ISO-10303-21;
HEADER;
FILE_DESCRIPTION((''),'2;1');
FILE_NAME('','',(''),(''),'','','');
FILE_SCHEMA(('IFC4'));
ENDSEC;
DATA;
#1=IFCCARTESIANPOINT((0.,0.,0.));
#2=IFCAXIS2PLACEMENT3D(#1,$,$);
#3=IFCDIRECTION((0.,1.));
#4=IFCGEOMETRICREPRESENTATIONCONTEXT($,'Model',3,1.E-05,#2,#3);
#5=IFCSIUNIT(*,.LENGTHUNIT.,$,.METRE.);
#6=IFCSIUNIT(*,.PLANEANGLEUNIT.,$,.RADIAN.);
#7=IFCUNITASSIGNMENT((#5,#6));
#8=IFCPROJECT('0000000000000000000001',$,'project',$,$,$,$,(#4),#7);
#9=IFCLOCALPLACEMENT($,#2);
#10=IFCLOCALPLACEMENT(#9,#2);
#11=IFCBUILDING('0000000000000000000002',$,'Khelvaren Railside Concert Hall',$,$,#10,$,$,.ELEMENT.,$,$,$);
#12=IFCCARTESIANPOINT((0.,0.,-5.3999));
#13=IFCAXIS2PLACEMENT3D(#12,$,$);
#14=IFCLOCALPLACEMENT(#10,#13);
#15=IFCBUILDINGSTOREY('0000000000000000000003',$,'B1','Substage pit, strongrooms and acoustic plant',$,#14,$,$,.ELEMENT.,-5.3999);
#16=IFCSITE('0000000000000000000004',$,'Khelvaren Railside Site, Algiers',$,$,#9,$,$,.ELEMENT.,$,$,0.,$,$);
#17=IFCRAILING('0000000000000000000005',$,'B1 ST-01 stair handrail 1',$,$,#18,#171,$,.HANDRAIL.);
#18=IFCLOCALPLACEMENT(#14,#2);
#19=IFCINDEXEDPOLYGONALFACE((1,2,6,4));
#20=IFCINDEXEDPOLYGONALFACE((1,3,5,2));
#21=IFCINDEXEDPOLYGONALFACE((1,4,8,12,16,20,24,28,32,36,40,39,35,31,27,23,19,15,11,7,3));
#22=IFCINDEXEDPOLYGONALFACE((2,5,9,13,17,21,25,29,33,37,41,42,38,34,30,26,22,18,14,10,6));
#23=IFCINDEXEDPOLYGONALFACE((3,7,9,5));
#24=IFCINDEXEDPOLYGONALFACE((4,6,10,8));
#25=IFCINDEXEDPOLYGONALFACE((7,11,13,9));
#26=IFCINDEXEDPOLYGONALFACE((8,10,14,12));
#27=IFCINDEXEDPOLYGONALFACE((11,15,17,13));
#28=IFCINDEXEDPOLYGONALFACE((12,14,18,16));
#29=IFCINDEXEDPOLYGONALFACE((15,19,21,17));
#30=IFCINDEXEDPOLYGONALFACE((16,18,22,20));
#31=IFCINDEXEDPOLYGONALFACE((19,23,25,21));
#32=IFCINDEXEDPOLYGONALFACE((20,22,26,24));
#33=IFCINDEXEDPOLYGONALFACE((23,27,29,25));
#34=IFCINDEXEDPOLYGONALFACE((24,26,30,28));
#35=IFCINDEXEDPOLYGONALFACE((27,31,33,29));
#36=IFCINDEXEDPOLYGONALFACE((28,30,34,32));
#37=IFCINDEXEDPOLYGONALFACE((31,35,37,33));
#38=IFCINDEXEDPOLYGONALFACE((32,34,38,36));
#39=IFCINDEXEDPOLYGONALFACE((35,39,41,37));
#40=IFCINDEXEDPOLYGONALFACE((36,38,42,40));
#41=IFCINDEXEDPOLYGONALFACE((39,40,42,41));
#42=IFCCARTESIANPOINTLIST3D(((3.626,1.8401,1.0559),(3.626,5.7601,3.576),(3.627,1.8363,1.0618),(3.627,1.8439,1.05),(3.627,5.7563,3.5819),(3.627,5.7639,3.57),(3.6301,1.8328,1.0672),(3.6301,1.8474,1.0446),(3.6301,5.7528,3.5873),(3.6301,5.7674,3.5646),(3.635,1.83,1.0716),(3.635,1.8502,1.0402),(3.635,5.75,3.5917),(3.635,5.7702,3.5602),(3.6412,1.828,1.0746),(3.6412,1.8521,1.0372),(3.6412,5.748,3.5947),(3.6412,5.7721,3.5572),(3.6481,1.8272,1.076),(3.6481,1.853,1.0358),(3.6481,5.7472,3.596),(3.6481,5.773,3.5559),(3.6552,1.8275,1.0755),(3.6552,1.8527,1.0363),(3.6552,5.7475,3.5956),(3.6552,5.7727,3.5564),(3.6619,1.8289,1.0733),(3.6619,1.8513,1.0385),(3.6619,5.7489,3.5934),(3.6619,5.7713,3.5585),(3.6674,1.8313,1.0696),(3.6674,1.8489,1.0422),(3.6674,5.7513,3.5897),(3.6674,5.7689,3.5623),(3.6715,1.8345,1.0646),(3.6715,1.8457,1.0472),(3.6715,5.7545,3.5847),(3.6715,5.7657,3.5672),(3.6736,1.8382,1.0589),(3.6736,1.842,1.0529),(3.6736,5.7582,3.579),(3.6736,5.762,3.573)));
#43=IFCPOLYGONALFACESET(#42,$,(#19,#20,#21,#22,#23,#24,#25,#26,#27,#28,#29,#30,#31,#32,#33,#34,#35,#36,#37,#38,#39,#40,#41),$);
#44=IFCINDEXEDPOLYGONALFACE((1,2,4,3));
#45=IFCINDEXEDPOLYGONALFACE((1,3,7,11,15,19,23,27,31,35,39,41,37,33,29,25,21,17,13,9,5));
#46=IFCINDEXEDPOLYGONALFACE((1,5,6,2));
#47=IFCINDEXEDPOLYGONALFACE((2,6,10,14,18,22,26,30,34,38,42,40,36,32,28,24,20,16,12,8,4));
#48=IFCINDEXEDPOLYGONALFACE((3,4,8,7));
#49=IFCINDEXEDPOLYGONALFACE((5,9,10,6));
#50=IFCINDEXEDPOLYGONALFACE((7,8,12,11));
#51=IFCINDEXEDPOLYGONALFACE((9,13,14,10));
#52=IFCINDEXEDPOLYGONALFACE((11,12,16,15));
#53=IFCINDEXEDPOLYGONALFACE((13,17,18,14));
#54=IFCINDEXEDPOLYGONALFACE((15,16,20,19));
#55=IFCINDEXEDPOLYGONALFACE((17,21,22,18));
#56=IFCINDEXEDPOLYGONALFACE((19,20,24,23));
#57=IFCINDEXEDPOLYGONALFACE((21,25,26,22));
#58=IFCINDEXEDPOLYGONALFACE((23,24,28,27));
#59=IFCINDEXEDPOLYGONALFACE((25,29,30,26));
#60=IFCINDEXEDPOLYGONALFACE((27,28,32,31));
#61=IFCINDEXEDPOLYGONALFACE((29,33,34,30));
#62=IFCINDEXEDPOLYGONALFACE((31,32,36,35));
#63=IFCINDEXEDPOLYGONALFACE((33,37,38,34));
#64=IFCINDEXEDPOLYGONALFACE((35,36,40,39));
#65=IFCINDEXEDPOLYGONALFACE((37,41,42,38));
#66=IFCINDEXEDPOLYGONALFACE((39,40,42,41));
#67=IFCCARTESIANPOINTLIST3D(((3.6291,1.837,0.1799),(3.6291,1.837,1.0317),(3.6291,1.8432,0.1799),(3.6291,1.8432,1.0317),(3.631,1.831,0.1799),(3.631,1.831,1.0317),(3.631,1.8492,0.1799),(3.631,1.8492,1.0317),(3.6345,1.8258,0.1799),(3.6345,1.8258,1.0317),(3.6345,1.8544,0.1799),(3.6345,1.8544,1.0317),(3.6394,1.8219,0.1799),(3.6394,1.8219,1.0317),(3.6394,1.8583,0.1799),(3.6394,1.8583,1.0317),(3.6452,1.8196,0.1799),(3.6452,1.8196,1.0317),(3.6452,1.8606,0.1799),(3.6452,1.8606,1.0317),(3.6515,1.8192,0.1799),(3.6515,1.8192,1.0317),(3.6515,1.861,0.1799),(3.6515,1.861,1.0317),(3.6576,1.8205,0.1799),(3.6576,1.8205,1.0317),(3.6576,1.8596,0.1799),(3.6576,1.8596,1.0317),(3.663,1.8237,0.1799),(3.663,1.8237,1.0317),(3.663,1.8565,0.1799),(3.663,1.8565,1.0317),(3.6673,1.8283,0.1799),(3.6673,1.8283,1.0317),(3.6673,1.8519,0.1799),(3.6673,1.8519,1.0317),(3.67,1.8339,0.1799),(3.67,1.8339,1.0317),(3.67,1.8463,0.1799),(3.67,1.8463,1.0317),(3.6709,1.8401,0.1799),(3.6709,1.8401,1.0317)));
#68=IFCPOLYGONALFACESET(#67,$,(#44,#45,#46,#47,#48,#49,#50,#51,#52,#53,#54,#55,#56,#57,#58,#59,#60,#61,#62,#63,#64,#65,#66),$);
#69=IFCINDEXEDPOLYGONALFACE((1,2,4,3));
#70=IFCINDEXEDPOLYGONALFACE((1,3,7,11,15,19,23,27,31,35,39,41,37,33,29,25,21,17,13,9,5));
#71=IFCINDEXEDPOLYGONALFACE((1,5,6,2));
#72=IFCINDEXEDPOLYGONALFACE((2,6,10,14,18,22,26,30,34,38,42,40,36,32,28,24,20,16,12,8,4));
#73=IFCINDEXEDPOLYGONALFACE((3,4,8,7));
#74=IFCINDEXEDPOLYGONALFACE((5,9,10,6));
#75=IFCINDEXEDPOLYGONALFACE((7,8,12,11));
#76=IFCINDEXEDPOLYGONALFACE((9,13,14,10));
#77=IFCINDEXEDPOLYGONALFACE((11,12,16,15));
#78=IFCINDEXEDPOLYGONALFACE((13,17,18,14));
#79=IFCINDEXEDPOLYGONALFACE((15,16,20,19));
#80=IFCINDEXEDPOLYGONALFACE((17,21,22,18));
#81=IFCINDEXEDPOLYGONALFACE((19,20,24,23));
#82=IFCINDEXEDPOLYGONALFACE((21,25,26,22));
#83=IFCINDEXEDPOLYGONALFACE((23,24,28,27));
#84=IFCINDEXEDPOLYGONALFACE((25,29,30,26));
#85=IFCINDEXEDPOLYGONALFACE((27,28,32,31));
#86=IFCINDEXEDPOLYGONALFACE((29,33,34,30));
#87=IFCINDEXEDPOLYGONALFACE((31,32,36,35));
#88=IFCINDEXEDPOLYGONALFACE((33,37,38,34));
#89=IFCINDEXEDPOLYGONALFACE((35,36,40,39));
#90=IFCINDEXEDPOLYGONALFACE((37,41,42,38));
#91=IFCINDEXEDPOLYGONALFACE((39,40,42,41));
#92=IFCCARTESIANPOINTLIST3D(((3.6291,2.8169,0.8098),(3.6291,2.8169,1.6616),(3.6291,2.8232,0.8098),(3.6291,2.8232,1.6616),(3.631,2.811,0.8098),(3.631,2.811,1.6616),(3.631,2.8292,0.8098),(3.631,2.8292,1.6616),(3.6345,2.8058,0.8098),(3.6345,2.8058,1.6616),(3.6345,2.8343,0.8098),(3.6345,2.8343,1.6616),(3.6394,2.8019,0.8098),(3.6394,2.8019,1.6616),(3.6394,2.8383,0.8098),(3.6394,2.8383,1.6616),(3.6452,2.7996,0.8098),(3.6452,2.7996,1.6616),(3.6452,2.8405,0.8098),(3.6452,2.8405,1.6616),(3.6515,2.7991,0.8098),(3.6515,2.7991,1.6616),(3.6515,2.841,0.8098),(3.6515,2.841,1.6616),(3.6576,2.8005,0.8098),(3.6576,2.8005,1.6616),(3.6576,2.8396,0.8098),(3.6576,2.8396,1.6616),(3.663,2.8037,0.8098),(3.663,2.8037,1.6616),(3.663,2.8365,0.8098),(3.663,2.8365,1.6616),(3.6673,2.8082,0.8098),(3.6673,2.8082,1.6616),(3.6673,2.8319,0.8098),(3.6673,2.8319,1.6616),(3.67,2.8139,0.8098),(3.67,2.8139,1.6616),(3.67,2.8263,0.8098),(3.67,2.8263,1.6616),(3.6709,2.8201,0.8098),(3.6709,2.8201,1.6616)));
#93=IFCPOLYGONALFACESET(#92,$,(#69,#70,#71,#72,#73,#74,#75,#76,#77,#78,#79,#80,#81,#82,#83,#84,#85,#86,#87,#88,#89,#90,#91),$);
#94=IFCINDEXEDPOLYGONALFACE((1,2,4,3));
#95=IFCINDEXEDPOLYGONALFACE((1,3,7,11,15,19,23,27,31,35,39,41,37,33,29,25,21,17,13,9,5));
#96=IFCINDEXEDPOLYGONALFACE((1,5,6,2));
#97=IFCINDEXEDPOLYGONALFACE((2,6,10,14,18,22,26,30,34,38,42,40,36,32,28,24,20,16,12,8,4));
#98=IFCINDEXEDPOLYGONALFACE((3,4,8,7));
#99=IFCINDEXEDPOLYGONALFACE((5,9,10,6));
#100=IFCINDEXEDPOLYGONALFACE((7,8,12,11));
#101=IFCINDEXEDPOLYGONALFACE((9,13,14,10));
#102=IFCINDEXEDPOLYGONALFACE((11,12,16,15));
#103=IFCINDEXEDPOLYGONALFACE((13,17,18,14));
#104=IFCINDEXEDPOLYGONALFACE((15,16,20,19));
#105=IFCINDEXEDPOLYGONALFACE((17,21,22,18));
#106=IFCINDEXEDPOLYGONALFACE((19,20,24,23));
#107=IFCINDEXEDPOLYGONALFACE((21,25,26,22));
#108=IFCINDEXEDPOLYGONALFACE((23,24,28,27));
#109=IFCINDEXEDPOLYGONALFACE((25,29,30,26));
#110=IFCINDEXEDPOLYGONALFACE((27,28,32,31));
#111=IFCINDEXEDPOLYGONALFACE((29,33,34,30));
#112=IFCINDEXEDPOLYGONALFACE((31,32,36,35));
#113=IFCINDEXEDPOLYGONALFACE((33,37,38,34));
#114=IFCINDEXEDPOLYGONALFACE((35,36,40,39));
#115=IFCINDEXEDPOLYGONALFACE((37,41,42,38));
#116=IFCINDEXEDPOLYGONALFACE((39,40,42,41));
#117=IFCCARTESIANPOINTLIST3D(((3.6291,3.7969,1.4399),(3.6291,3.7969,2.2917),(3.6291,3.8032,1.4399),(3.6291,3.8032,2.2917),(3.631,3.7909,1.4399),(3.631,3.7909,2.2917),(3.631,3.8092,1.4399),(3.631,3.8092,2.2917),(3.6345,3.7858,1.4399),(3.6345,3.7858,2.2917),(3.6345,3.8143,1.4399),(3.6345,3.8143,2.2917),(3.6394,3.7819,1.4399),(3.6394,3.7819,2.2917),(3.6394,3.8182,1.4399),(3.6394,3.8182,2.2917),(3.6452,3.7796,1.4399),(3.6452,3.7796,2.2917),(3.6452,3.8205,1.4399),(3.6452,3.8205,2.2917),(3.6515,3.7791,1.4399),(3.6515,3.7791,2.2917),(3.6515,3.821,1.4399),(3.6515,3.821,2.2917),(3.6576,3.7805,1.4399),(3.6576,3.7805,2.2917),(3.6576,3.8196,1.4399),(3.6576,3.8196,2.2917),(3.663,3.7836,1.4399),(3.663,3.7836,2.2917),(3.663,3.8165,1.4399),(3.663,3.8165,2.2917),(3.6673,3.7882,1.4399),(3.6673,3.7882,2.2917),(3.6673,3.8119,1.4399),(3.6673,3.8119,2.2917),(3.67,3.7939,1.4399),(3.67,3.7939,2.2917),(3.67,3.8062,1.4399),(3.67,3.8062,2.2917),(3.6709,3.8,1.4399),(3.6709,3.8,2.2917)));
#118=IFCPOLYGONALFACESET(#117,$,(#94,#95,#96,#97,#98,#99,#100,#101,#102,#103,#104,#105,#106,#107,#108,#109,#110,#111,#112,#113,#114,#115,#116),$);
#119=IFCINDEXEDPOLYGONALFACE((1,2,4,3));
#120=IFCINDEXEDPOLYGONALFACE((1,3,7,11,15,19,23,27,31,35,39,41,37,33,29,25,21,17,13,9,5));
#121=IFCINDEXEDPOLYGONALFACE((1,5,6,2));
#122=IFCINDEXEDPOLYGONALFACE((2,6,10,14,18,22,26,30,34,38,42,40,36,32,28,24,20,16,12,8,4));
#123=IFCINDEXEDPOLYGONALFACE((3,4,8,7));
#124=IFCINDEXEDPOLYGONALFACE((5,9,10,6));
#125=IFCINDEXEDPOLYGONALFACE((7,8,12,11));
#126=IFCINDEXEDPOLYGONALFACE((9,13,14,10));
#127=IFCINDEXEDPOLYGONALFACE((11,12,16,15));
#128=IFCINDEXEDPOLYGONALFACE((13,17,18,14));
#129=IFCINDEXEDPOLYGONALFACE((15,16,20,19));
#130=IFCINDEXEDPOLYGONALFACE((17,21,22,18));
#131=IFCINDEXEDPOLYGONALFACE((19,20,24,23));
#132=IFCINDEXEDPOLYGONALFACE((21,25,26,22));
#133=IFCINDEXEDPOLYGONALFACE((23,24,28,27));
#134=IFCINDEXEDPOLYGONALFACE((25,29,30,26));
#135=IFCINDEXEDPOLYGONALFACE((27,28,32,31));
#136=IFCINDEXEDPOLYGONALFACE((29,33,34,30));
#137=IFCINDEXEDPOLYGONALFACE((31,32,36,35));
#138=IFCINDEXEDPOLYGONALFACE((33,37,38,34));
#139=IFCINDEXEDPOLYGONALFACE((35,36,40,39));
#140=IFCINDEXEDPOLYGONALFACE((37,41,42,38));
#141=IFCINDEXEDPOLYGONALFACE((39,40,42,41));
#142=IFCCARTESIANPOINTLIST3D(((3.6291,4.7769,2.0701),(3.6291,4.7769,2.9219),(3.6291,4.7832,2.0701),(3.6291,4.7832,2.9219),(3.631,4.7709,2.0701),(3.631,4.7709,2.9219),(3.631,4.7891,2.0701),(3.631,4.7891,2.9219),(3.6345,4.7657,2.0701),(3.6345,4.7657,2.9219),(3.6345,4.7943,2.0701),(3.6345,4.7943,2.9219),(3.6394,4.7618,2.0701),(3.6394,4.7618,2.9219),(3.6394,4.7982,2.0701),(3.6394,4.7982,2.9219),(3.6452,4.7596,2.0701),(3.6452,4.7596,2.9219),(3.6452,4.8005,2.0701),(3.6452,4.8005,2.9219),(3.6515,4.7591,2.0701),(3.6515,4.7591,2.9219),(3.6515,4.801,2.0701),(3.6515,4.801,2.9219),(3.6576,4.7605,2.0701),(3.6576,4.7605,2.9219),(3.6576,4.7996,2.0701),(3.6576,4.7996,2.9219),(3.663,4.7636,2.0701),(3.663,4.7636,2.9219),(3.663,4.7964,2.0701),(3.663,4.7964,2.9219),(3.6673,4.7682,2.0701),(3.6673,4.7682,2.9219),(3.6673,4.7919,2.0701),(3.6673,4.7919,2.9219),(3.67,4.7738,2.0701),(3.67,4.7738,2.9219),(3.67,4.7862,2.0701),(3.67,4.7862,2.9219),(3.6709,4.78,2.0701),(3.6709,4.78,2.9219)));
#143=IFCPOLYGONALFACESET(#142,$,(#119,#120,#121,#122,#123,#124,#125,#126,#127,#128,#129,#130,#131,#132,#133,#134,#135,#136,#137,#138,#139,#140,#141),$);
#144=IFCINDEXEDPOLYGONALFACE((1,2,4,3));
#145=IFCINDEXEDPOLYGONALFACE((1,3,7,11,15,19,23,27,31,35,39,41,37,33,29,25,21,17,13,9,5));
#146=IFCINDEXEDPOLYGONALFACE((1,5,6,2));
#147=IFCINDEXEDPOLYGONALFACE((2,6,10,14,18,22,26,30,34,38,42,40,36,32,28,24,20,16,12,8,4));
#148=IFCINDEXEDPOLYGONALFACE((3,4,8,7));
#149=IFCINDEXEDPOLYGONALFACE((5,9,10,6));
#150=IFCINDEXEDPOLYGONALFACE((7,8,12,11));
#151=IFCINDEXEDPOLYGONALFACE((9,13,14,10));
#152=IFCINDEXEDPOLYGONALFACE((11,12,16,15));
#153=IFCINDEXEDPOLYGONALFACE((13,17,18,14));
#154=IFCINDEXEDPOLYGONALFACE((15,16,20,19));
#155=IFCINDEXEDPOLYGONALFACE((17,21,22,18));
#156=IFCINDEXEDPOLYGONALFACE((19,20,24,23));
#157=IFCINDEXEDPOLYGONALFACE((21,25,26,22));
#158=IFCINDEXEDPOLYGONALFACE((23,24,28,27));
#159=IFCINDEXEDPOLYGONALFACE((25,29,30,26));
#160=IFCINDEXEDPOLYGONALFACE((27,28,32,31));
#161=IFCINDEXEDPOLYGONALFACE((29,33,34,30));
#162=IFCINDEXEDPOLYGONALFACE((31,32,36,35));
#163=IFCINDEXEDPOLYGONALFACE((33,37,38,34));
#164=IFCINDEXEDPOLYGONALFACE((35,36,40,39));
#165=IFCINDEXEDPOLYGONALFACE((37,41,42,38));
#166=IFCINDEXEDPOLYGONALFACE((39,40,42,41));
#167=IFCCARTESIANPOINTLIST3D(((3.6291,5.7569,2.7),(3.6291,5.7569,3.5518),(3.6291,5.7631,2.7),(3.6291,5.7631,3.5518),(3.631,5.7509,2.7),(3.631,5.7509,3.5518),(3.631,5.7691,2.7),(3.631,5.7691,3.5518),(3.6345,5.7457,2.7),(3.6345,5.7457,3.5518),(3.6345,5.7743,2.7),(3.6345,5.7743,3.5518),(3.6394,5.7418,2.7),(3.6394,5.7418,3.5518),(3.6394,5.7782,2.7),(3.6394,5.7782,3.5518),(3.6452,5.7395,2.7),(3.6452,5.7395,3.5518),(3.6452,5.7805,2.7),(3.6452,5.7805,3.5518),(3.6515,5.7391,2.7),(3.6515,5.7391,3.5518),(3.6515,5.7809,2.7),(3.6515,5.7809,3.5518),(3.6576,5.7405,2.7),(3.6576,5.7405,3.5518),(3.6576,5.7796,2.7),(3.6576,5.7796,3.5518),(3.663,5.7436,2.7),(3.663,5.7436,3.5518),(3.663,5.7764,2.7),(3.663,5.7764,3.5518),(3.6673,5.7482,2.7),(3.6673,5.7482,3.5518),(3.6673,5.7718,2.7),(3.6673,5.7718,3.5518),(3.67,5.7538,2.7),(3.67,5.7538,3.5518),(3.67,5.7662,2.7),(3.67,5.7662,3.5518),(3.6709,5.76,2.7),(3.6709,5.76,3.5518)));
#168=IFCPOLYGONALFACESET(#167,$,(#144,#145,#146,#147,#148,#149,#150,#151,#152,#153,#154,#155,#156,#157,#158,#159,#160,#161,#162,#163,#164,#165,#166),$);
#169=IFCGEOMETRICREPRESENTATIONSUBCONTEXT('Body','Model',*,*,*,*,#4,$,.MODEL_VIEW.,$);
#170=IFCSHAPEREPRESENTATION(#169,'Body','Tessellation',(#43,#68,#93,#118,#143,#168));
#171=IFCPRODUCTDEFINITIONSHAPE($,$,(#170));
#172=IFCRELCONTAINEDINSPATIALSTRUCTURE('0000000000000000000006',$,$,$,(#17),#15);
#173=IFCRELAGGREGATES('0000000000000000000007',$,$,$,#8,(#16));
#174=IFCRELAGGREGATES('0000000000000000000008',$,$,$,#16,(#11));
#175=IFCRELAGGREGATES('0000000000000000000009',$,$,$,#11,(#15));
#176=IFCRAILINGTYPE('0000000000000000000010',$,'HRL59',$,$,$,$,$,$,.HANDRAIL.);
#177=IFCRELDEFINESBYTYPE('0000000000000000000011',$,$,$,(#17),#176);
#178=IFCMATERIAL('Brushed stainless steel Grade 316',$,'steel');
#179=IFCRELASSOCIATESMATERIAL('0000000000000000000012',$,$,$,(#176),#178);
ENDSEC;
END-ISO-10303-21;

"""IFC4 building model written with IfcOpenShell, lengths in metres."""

from ifc_helpers import new_model, si_unit, direction, frame, origin, origin_2d, place, context, subcontext, project, spatial, circle, extrude, material, type_object, element, save


model = new_model("IFC4")

# Units and contexts
model_context = context("Model", 3, precision=1e-05, world=origin(), true_north=direction((0.0, 1.0)))
body_context = subcontext(model_context, "Body", "Model", "MODEL_VIEW")
ifc_project = project(units=[si_unit("LENGTHUNIT", "METRE"), si_unit("PLANEANGLEUNIT", "RADIAN")], contexts=[model_context])

# Site, building, storey
site_placement = place(None, origin())
site = spatial("IfcSite", under=ifc_project, at=site_placement, Name="Khelvaren Railside Site, Algiers", CompositionType="ELEMENT", RefElevation=0.0)
building_placement = place(site_placement, origin())
building = spatial("IfcBuilding", under=site, at=building_placement, Name="Khelvaren Railside Concert Hall", CompositionType="ELEMENT")
storey_placement = place(building_placement, frame((0.0, 0.0, -5.3999)))
storey = spatial("IfcBuildingStorey", under=building, at=storey_placement, Name="B1", Description="Substage pit, strongrooms and acoustic plant", CompositionType="ELEMENT", Elevation=-5.3999)

# Railing
ifc_material_1 = material(Name="Brushed stainless steel Grade 316", Category="steel")
railing_type_1 = type_object("IfcRailingType", Name="HRL59", PredefinedType="HANDRAIL", material=ifc_material_1)
railing_1_placement = place(storey_placement, frame((3.6499, 1.8401, 0.1799)))
element("IfcRailing", 1, at=railing_1_placement, inside=storey, type_object=railing_type_1, Name="B1 ST-01 stair handrail 1", PredefinedType="HANDRAIL", context=body_context, shape_type="SweptSolid", body=[
    extrude(circle(Radius=0.0239, at=origin_2d()), frame((0.0, 0.0, 0.876), z_axis=(0.0, 0.841172, 0.540768), x_axis=(-1.0, 0.0, 0.0)), (0.0, 0.0, 1.0), 4.6602),
    extrude(circle(Radius=0.021, at=origin_2d()), origin(), (0.0, 0.0, 1.0), 0.8518),
    extrude(circle(Radius=0.021, at=origin_2d()), frame((0.0, 0.98, 0.6299)), (0.0, 0.0, 1.0), 0.8518),
    extrude(circle(Radius=0.021, at=origin_2d()), frame((0.0, 1.96, 1.26)), (0.0, 0.0, 1.0), 0.8518),
    extrude(circle(Radius=0.021, at=origin_2d()), frame((0.0, 2.9399, 1.8901)), (0.0, 0.0, 1.0), 0.8518),
    extrude(circle(Radius=0.021, at=origin_2d()), frame((0.0, 3.9199, 2.52)), (0.0, 0.0, 1.0), 0.8518),
])

save(model, "model.ifc")
